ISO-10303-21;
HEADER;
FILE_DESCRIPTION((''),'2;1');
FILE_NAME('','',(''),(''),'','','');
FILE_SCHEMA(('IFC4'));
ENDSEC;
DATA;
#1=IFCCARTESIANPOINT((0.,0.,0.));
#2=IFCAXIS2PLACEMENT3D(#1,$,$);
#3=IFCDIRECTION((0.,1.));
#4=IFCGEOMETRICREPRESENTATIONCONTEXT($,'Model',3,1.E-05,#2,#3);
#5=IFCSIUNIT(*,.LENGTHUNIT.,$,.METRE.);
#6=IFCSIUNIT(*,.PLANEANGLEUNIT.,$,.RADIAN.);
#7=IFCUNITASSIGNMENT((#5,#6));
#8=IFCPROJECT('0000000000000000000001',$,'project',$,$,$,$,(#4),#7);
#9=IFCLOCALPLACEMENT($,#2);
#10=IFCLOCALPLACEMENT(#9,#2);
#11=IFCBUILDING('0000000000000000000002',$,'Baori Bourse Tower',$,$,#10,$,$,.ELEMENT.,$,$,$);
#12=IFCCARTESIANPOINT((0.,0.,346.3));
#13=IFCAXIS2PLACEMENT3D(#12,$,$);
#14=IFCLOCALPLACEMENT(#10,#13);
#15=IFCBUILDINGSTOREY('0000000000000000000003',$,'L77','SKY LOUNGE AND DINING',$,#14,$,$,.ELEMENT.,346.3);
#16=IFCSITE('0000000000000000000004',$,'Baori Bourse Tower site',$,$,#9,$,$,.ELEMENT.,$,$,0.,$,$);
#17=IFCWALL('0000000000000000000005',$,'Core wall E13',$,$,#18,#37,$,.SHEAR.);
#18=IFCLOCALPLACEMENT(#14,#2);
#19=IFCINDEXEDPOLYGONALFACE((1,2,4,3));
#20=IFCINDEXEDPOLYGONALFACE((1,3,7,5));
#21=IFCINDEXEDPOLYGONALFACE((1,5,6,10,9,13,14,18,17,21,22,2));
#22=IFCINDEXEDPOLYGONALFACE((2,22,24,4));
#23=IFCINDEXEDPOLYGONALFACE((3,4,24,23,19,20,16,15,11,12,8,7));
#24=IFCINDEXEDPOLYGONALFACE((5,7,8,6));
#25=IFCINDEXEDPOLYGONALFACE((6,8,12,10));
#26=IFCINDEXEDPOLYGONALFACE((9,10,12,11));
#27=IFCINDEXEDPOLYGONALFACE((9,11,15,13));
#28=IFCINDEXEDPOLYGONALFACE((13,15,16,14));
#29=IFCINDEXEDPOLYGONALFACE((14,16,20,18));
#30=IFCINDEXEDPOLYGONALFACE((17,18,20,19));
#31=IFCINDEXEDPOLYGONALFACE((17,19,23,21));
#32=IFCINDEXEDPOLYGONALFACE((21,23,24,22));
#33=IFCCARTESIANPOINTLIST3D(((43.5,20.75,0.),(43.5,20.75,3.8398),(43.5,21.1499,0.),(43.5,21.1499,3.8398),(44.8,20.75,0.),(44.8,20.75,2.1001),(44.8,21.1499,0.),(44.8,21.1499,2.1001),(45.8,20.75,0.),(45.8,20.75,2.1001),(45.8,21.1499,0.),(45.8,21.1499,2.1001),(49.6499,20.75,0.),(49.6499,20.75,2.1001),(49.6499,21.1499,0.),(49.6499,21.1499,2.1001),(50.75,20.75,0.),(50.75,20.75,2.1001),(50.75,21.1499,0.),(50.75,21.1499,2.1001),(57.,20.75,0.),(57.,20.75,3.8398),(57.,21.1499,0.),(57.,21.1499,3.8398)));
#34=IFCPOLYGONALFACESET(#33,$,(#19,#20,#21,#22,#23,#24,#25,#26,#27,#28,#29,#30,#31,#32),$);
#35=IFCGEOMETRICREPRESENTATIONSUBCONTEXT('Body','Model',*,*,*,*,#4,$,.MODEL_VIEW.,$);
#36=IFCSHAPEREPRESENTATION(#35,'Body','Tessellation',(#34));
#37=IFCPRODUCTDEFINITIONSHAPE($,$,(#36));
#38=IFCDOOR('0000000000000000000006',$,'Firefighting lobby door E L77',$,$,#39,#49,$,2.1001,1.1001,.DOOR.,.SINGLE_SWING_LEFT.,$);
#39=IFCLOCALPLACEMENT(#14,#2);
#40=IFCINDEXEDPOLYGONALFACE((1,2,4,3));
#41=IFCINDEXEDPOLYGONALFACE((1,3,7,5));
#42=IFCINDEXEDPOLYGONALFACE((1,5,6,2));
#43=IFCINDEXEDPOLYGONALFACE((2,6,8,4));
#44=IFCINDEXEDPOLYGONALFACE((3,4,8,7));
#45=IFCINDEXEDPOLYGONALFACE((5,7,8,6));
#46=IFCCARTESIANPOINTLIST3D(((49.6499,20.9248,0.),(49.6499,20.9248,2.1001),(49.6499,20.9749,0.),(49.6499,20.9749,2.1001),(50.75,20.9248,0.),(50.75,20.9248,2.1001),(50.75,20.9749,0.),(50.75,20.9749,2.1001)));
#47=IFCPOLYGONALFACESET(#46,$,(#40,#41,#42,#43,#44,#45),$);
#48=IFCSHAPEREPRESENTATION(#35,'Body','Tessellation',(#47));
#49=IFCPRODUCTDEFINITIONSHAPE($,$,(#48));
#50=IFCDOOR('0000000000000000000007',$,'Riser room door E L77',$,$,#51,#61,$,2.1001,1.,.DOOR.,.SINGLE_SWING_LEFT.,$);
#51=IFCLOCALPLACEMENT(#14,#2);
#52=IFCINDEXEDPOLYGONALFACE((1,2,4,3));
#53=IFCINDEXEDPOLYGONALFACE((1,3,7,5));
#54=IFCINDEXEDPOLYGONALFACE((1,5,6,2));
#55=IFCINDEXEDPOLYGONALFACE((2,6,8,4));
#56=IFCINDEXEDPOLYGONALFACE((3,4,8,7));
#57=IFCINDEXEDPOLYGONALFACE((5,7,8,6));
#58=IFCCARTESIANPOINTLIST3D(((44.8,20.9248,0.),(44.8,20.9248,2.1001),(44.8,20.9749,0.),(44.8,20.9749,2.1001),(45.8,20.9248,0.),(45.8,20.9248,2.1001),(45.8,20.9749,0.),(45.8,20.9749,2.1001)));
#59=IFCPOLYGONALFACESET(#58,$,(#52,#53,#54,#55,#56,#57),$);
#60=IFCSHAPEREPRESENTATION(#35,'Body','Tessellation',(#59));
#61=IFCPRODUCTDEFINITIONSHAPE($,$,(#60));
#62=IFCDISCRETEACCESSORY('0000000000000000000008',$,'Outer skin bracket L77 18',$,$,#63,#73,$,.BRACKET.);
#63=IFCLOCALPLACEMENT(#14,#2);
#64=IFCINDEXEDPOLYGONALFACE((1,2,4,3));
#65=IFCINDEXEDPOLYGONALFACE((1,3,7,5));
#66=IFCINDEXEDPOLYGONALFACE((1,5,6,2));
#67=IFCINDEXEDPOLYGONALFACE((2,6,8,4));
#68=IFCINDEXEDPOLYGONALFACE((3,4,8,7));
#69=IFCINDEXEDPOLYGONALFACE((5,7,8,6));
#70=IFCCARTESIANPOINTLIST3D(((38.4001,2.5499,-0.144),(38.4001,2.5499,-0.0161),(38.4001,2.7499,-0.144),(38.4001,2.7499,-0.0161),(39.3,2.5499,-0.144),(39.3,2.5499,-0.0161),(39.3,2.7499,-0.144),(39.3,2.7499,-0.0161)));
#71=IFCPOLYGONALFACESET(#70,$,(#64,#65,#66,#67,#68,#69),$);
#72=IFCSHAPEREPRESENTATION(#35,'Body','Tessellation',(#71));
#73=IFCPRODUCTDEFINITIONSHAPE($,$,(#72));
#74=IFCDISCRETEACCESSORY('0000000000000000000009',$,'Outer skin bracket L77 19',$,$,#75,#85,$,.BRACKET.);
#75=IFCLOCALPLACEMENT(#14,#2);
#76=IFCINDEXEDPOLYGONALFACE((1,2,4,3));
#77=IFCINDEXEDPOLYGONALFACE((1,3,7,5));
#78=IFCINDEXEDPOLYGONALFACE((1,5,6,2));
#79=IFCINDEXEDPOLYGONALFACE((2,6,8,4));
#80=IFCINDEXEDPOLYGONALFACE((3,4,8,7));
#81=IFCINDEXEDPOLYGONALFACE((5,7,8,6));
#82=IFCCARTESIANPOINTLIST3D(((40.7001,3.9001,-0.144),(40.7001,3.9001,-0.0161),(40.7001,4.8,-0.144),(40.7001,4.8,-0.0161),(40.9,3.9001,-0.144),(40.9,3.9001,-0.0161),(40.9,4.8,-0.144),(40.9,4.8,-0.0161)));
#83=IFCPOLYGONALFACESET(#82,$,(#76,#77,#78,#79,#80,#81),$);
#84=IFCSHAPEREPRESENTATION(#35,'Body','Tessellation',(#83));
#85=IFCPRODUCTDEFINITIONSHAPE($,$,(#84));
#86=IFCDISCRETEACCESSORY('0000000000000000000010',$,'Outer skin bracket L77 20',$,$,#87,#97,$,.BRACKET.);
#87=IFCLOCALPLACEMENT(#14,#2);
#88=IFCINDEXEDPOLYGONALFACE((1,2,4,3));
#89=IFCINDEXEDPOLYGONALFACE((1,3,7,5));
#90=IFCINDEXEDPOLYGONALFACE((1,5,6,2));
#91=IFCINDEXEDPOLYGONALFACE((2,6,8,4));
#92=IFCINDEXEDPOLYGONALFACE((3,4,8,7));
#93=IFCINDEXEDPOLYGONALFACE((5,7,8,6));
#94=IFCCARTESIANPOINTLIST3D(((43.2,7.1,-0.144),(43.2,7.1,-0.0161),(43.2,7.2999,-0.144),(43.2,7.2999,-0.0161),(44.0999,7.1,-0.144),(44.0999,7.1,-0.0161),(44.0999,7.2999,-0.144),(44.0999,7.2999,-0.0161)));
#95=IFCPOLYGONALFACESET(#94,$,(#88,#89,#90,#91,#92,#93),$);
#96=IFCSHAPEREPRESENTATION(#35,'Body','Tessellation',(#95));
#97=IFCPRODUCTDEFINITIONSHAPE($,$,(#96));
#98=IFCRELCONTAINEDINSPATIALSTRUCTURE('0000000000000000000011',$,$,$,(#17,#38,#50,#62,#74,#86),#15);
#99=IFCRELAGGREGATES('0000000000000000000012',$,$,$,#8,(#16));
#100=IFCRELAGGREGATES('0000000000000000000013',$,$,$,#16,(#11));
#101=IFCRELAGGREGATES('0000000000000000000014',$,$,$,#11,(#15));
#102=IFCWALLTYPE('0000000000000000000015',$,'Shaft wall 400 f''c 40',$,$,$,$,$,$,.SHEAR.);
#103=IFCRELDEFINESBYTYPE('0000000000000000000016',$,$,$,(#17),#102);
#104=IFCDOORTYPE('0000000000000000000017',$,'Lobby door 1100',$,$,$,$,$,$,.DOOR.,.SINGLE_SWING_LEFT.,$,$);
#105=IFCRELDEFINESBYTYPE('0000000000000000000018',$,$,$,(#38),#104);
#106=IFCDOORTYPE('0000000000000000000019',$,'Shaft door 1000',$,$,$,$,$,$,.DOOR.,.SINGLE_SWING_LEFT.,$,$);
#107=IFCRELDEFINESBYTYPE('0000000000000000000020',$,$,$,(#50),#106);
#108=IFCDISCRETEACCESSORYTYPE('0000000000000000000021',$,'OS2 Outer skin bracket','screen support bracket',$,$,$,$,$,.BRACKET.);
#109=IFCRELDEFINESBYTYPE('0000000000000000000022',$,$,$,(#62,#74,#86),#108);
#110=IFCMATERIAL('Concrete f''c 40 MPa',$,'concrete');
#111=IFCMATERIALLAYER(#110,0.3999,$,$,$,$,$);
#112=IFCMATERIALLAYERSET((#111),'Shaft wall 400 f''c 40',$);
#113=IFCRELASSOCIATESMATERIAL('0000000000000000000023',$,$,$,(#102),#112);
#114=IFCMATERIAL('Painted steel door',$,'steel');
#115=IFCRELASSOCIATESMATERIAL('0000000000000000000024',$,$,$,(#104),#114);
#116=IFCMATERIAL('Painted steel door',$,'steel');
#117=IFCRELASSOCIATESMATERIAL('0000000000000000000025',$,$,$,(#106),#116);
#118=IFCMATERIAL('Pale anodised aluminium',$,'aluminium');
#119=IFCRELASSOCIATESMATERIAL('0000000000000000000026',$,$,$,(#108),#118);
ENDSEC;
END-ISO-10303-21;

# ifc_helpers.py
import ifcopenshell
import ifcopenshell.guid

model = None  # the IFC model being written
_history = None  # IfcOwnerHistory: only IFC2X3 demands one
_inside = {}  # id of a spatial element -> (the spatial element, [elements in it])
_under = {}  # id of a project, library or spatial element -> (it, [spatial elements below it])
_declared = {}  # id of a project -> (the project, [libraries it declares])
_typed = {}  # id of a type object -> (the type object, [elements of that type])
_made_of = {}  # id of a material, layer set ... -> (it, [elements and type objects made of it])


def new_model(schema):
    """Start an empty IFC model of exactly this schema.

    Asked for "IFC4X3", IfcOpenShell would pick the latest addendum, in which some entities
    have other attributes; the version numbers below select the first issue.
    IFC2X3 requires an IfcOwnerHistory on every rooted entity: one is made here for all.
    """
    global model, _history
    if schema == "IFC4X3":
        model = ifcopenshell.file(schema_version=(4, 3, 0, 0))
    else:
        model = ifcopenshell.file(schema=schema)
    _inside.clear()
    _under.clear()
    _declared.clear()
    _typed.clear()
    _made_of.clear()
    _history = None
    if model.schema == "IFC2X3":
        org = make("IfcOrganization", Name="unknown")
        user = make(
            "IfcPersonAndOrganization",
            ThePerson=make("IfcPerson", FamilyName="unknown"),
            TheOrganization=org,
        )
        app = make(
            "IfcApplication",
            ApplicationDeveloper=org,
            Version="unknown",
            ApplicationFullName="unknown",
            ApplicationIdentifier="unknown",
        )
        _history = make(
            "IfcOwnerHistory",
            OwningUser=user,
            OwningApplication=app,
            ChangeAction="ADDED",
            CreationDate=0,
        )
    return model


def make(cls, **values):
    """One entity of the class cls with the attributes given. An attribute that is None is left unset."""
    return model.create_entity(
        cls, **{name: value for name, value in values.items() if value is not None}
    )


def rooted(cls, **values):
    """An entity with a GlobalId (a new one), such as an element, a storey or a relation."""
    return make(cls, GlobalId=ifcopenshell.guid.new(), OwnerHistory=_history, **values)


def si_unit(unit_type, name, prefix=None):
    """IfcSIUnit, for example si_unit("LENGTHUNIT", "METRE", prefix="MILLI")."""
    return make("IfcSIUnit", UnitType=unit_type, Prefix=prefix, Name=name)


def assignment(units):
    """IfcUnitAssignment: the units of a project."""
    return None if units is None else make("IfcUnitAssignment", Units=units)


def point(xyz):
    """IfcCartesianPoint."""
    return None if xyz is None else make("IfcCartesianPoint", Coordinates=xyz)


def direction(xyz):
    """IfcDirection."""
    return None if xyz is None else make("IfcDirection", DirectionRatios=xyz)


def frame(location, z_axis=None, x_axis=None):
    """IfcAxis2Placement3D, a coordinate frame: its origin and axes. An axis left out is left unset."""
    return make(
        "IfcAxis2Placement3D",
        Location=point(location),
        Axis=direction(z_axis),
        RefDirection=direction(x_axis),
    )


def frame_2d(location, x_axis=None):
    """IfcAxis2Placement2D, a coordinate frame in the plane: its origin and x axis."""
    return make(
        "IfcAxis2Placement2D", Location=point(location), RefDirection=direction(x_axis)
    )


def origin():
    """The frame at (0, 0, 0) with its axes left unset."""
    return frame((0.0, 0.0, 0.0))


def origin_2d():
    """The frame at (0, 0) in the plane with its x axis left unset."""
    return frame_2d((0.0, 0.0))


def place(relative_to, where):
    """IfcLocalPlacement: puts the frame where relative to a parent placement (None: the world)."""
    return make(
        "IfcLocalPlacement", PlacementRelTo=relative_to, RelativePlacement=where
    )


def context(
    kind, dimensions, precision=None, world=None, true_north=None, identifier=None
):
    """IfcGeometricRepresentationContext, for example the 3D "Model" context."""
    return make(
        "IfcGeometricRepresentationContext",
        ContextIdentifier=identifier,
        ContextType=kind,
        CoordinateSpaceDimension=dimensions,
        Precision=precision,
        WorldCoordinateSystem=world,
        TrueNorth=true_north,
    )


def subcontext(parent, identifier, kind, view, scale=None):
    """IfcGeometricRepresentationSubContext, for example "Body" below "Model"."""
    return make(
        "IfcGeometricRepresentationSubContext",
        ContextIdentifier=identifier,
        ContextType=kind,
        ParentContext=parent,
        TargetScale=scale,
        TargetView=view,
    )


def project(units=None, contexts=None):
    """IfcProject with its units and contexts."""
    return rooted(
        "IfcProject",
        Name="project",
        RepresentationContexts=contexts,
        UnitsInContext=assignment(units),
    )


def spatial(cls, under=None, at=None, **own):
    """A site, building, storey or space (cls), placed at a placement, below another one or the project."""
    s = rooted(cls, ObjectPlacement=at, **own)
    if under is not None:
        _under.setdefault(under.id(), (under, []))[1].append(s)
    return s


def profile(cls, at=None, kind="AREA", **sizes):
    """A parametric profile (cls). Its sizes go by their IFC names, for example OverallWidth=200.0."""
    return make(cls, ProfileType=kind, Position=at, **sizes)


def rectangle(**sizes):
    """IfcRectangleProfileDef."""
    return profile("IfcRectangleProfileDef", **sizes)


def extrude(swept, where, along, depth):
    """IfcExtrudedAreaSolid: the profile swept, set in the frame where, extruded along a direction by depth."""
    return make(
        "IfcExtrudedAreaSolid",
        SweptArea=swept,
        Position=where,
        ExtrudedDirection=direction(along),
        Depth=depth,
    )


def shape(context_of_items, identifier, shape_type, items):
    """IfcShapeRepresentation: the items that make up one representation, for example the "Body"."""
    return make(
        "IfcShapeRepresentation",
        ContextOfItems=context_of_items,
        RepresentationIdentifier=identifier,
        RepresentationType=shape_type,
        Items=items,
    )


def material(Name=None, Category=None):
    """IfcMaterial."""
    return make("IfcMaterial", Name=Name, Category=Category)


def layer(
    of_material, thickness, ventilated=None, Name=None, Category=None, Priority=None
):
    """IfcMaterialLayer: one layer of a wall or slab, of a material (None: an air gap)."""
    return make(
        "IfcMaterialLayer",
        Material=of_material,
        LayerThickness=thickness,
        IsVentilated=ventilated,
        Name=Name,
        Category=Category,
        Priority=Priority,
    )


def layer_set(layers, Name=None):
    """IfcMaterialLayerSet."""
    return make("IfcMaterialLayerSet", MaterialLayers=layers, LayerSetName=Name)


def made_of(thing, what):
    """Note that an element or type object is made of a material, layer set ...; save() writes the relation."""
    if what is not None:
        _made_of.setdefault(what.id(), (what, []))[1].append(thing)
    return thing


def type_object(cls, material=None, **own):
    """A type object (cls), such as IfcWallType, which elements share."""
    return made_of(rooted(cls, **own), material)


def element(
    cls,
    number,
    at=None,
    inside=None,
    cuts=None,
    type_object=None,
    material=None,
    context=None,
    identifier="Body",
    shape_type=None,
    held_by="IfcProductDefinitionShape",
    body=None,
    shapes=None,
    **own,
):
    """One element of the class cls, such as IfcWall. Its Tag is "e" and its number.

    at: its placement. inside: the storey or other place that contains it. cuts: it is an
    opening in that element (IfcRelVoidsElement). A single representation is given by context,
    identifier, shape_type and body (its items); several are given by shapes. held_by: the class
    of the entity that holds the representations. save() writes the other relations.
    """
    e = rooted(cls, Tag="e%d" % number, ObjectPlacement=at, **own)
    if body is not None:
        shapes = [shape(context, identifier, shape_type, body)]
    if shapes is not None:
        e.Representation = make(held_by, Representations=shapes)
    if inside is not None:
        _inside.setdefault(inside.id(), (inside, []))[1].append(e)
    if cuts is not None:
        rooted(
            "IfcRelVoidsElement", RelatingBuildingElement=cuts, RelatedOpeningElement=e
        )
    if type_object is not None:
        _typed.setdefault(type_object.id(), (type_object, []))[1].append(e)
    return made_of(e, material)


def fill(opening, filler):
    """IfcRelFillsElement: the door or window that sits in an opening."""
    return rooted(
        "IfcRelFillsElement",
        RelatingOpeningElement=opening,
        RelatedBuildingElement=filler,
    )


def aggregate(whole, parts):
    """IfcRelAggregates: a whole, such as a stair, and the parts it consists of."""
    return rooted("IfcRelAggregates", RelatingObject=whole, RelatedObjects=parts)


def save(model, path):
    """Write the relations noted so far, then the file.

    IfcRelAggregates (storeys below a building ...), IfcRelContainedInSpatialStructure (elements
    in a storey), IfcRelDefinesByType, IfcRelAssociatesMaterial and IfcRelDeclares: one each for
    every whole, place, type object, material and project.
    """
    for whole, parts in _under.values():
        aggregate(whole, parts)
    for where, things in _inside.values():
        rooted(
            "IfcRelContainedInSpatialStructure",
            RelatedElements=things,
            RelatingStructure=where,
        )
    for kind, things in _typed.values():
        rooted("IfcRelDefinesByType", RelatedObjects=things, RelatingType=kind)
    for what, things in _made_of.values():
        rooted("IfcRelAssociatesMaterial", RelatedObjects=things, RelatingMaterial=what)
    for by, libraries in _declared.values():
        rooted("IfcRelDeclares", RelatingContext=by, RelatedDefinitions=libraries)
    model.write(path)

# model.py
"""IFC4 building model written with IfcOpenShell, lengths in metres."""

from ifc_helpers import new_model, si_unit, direction, frame, frame_2d, origin, origin_2d, place, context, subcontext, project, spatial, rectangle, extrude, material, layer, layer_set, type_object, element, fill, save


model = new_model("IFC4")

# Units and contexts
model_context = context("Model", 3, precision=1e-05, world=origin(), true_north=direction((0.0, 1.0)))
body_context = subcontext(model_context, "Body", "Model", "MODEL_VIEW")
ifc_project = project(units=[si_unit("LENGTHUNIT", "METRE"), si_unit("PLANEANGLEUNIT", "RADIAN")], contexts=[model_context])

# Site, building, storey
site_placement = place(None, origin())
site = spatial("IfcSite", under=ifc_project, at=site_placement, Name="Baori Bourse Tower site", CompositionType="ELEMENT", RefElevation=0.0)
building_placement = place(site_placement, origin())
building = spatial("IfcBuilding", under=site, at=building_placement, Name="Baori Bourse Tower", CompositionType="ELEMENT")
storey_placement = place(building_placement, frame((0.0, 0.0, 346.3)))
storey = spatial("IfcBuildingStorey", under=building, at=storey_placement, Name="L77", Description="SKY LOUNGE AND DINING", CompositionType="ELEMENT", Elevation=346.3)

# Shared definitions
ifc_material_1 = material(Name="Concrete f'c 40 MPa", Category="concrete")
ifc_layer_1 = layer(ifc_material_1, 0.3999)
ifc_layer_set_1 = layer_set([ifc_layer_1], Name="Shaft wall 400 f'c 40")
wall_type_1 = type_object("IfcWallType", Name="Shaft wall 400 f'c 40", PredefinedType="SHEAR", material=ifc_layer_set_1)

# Wall, openings, doors
wall_1_placement = place(storey_placement, frame((43.5, 20.95, 0.0), z_axis=(0.0, 0.0, 1.0), x_axis=(1.0, 0.0, 0.0)))
wall_1 = element("IfcWall", 1, at=wall_1_placement, inside=storey, type_object=wall_type_1, Name="Core wall E13", PredefinedType="SHEAR", context=body_context, shape_type="SweptSolid", body=[
    extrude(rectangle(XDim=13.5, YDim=0.3999, at=frame_2d((6.75, 0.0))), origin(), (0.0, 0.0, 1.0), 3.8398),
])
opening_1_placement = place(wall_1_placement, frame((6.1499, 0.0, 0.0)))
opening_1 = element("IfcOpeningElement", 2, at=opening_1_placement, cuts=wall_1, PredefinedType="OPENING", context=body_context, shape_type="SweptSolid", body=[
    extrude(rectangle(XDim=1.1001, YDim=2.1001, at=frame_2d((0.55, 1.05))), frame((0.0, 0.21, 0.0), z_axis=(0.0, -1.0, 0.0), x_axis=(1.0, 0.0, 0.0)), (0.0, 0.0, 1.0), 0.4199),
])
opening_2_placement = place(wall_1_placement, frame((1.3, 0.0, 0.0)))
opening_2 = element("IfcOpeningElement", 3, at=opening_2_placement, cuts=wall_1, PredefinedType="OPENING", context=body_context, shape_type="SweptSolid", body=[
    extrude(rectangle(XDim=1.0, YDim=2.1001, at=frame_2d((0.5, 1.05))), frame((0.0, 0.21, 0.0), z_axis=(0.0, -1.0, 0.0), x_axis=(1.0, 0.0, 0.0)), (0.0, 0.0, 1.0), 0.4199),
])
ifc_material_2 = material(Name="Painted steel door", Category="steel")
door_type_1 = type_object("IfcDoorType", Name="Lobby door 1100", OperationType="SINGLE_SWING_LEFT", PredefinedType="DOOR", material=ifc_material_2)
door_1_placement = place(opening_1_placement, origin())
door_1 = element("IfcDoor", 4, at=door_1_placement, inside=storey, type_object=door_type_1, Name="Firefighting lobby door E L77", OperationType="SINGLE_SWING_LEFT", OverallHeight=2.1001, OverallWidth=1.1001, PredefinedType="DOOR", context=body_context, shape_type="SweptSolid", body=[
    extrude(rectangle(XDim=1.1001, YDim=2.1001, at=frame_2d((0.55, 1.05))), frame((0.0, 0.0249, 0.0), z_axis=(0.0, -1.0, 0.0), x_axis=(1.0, 0.0, 0.0)), (0.0, 0.0, 1.0), 0.05),
])
fill(opening_1, door_1)
ifc_material_3 = material(Name="Painted steel door", Category="steel")
door_type_2 = type_object("IfcDoorType", Name="Shaft door 1000", OperationType="SINGLE_SWING_LEFT", PredefinedType="DOOR", material=ifc_material_3)
door_2_placement = place(opening_2_placement, origin())
door_2 = element("IfcDoor", 5, at=door_2_placement, inside=storey, type_object=door_type_2, Name="Riser room door E L77", OperationType="SINGLE_SWING_LEFT", OverallHeight=2.1001, OverallWidth=1.0, PredefinedType="DOOR", context=body_context, shape_type="SweptSolid", body=[
    extrude(rectangle(XDim=1.0, YDim=2.1001, at=frame_2d((0.5, 1.05))), frame((0.0, 0.0249, 0.0), z_axis=(0.0, -1.0, 0.0), x_axis=(1.0, 0.0, 0.0)), (0.0, 0.0, 1.0), 0.05),
])
fill(opening_2, door_2)

# Discrete accessories
ifc_material_4 = material(Name="Pale anodised aluminium", Category="aluminium")
discrete_accessory_type = type_object("IfcDiscreteAccessoryType", Name="OS2 Outer skin bracket", Description="screen support bracket", PredefinedType="BRACKET", material=ifc_material_4)
for number, where, z_axis, x_axis, name in (
    (6, (38.8501, 2.6499, -0.144), (0.0, 0.0, 1.0), (0.0, 1.0, 0.0), "Outer skin bracket L77 18"),
    (7, (40.8, 4.3501, -0.144), (0.0, 0.0, 1.0), (1.0, 0.0, 0.0), "Outer skin bracket L77 19"),
    (8, (43.6499, 7.2, -0.144), (0.0, 0.0, 1.0), (0.0, 1.0, 0.0), "Outer skin bracket L77 20"),
):
    element("IfcDiscreteAccessory", number, at=place(storey_placement, frame(where, z_axis=z_axis, x_axis=x_axis)), inside=storey, type_object=discrete_accessory_type, Name=name, PredefinedType="BRACKET", context=body_context, shape_type="SweptSolid", body=[
        extrude(rectangle(XDim=0.2, YDim=0.8999, at=origin_2d()), origin(), (0.0, 0.0, 1.0), 0.1279),
    ])

save(model, "model.ifc")
